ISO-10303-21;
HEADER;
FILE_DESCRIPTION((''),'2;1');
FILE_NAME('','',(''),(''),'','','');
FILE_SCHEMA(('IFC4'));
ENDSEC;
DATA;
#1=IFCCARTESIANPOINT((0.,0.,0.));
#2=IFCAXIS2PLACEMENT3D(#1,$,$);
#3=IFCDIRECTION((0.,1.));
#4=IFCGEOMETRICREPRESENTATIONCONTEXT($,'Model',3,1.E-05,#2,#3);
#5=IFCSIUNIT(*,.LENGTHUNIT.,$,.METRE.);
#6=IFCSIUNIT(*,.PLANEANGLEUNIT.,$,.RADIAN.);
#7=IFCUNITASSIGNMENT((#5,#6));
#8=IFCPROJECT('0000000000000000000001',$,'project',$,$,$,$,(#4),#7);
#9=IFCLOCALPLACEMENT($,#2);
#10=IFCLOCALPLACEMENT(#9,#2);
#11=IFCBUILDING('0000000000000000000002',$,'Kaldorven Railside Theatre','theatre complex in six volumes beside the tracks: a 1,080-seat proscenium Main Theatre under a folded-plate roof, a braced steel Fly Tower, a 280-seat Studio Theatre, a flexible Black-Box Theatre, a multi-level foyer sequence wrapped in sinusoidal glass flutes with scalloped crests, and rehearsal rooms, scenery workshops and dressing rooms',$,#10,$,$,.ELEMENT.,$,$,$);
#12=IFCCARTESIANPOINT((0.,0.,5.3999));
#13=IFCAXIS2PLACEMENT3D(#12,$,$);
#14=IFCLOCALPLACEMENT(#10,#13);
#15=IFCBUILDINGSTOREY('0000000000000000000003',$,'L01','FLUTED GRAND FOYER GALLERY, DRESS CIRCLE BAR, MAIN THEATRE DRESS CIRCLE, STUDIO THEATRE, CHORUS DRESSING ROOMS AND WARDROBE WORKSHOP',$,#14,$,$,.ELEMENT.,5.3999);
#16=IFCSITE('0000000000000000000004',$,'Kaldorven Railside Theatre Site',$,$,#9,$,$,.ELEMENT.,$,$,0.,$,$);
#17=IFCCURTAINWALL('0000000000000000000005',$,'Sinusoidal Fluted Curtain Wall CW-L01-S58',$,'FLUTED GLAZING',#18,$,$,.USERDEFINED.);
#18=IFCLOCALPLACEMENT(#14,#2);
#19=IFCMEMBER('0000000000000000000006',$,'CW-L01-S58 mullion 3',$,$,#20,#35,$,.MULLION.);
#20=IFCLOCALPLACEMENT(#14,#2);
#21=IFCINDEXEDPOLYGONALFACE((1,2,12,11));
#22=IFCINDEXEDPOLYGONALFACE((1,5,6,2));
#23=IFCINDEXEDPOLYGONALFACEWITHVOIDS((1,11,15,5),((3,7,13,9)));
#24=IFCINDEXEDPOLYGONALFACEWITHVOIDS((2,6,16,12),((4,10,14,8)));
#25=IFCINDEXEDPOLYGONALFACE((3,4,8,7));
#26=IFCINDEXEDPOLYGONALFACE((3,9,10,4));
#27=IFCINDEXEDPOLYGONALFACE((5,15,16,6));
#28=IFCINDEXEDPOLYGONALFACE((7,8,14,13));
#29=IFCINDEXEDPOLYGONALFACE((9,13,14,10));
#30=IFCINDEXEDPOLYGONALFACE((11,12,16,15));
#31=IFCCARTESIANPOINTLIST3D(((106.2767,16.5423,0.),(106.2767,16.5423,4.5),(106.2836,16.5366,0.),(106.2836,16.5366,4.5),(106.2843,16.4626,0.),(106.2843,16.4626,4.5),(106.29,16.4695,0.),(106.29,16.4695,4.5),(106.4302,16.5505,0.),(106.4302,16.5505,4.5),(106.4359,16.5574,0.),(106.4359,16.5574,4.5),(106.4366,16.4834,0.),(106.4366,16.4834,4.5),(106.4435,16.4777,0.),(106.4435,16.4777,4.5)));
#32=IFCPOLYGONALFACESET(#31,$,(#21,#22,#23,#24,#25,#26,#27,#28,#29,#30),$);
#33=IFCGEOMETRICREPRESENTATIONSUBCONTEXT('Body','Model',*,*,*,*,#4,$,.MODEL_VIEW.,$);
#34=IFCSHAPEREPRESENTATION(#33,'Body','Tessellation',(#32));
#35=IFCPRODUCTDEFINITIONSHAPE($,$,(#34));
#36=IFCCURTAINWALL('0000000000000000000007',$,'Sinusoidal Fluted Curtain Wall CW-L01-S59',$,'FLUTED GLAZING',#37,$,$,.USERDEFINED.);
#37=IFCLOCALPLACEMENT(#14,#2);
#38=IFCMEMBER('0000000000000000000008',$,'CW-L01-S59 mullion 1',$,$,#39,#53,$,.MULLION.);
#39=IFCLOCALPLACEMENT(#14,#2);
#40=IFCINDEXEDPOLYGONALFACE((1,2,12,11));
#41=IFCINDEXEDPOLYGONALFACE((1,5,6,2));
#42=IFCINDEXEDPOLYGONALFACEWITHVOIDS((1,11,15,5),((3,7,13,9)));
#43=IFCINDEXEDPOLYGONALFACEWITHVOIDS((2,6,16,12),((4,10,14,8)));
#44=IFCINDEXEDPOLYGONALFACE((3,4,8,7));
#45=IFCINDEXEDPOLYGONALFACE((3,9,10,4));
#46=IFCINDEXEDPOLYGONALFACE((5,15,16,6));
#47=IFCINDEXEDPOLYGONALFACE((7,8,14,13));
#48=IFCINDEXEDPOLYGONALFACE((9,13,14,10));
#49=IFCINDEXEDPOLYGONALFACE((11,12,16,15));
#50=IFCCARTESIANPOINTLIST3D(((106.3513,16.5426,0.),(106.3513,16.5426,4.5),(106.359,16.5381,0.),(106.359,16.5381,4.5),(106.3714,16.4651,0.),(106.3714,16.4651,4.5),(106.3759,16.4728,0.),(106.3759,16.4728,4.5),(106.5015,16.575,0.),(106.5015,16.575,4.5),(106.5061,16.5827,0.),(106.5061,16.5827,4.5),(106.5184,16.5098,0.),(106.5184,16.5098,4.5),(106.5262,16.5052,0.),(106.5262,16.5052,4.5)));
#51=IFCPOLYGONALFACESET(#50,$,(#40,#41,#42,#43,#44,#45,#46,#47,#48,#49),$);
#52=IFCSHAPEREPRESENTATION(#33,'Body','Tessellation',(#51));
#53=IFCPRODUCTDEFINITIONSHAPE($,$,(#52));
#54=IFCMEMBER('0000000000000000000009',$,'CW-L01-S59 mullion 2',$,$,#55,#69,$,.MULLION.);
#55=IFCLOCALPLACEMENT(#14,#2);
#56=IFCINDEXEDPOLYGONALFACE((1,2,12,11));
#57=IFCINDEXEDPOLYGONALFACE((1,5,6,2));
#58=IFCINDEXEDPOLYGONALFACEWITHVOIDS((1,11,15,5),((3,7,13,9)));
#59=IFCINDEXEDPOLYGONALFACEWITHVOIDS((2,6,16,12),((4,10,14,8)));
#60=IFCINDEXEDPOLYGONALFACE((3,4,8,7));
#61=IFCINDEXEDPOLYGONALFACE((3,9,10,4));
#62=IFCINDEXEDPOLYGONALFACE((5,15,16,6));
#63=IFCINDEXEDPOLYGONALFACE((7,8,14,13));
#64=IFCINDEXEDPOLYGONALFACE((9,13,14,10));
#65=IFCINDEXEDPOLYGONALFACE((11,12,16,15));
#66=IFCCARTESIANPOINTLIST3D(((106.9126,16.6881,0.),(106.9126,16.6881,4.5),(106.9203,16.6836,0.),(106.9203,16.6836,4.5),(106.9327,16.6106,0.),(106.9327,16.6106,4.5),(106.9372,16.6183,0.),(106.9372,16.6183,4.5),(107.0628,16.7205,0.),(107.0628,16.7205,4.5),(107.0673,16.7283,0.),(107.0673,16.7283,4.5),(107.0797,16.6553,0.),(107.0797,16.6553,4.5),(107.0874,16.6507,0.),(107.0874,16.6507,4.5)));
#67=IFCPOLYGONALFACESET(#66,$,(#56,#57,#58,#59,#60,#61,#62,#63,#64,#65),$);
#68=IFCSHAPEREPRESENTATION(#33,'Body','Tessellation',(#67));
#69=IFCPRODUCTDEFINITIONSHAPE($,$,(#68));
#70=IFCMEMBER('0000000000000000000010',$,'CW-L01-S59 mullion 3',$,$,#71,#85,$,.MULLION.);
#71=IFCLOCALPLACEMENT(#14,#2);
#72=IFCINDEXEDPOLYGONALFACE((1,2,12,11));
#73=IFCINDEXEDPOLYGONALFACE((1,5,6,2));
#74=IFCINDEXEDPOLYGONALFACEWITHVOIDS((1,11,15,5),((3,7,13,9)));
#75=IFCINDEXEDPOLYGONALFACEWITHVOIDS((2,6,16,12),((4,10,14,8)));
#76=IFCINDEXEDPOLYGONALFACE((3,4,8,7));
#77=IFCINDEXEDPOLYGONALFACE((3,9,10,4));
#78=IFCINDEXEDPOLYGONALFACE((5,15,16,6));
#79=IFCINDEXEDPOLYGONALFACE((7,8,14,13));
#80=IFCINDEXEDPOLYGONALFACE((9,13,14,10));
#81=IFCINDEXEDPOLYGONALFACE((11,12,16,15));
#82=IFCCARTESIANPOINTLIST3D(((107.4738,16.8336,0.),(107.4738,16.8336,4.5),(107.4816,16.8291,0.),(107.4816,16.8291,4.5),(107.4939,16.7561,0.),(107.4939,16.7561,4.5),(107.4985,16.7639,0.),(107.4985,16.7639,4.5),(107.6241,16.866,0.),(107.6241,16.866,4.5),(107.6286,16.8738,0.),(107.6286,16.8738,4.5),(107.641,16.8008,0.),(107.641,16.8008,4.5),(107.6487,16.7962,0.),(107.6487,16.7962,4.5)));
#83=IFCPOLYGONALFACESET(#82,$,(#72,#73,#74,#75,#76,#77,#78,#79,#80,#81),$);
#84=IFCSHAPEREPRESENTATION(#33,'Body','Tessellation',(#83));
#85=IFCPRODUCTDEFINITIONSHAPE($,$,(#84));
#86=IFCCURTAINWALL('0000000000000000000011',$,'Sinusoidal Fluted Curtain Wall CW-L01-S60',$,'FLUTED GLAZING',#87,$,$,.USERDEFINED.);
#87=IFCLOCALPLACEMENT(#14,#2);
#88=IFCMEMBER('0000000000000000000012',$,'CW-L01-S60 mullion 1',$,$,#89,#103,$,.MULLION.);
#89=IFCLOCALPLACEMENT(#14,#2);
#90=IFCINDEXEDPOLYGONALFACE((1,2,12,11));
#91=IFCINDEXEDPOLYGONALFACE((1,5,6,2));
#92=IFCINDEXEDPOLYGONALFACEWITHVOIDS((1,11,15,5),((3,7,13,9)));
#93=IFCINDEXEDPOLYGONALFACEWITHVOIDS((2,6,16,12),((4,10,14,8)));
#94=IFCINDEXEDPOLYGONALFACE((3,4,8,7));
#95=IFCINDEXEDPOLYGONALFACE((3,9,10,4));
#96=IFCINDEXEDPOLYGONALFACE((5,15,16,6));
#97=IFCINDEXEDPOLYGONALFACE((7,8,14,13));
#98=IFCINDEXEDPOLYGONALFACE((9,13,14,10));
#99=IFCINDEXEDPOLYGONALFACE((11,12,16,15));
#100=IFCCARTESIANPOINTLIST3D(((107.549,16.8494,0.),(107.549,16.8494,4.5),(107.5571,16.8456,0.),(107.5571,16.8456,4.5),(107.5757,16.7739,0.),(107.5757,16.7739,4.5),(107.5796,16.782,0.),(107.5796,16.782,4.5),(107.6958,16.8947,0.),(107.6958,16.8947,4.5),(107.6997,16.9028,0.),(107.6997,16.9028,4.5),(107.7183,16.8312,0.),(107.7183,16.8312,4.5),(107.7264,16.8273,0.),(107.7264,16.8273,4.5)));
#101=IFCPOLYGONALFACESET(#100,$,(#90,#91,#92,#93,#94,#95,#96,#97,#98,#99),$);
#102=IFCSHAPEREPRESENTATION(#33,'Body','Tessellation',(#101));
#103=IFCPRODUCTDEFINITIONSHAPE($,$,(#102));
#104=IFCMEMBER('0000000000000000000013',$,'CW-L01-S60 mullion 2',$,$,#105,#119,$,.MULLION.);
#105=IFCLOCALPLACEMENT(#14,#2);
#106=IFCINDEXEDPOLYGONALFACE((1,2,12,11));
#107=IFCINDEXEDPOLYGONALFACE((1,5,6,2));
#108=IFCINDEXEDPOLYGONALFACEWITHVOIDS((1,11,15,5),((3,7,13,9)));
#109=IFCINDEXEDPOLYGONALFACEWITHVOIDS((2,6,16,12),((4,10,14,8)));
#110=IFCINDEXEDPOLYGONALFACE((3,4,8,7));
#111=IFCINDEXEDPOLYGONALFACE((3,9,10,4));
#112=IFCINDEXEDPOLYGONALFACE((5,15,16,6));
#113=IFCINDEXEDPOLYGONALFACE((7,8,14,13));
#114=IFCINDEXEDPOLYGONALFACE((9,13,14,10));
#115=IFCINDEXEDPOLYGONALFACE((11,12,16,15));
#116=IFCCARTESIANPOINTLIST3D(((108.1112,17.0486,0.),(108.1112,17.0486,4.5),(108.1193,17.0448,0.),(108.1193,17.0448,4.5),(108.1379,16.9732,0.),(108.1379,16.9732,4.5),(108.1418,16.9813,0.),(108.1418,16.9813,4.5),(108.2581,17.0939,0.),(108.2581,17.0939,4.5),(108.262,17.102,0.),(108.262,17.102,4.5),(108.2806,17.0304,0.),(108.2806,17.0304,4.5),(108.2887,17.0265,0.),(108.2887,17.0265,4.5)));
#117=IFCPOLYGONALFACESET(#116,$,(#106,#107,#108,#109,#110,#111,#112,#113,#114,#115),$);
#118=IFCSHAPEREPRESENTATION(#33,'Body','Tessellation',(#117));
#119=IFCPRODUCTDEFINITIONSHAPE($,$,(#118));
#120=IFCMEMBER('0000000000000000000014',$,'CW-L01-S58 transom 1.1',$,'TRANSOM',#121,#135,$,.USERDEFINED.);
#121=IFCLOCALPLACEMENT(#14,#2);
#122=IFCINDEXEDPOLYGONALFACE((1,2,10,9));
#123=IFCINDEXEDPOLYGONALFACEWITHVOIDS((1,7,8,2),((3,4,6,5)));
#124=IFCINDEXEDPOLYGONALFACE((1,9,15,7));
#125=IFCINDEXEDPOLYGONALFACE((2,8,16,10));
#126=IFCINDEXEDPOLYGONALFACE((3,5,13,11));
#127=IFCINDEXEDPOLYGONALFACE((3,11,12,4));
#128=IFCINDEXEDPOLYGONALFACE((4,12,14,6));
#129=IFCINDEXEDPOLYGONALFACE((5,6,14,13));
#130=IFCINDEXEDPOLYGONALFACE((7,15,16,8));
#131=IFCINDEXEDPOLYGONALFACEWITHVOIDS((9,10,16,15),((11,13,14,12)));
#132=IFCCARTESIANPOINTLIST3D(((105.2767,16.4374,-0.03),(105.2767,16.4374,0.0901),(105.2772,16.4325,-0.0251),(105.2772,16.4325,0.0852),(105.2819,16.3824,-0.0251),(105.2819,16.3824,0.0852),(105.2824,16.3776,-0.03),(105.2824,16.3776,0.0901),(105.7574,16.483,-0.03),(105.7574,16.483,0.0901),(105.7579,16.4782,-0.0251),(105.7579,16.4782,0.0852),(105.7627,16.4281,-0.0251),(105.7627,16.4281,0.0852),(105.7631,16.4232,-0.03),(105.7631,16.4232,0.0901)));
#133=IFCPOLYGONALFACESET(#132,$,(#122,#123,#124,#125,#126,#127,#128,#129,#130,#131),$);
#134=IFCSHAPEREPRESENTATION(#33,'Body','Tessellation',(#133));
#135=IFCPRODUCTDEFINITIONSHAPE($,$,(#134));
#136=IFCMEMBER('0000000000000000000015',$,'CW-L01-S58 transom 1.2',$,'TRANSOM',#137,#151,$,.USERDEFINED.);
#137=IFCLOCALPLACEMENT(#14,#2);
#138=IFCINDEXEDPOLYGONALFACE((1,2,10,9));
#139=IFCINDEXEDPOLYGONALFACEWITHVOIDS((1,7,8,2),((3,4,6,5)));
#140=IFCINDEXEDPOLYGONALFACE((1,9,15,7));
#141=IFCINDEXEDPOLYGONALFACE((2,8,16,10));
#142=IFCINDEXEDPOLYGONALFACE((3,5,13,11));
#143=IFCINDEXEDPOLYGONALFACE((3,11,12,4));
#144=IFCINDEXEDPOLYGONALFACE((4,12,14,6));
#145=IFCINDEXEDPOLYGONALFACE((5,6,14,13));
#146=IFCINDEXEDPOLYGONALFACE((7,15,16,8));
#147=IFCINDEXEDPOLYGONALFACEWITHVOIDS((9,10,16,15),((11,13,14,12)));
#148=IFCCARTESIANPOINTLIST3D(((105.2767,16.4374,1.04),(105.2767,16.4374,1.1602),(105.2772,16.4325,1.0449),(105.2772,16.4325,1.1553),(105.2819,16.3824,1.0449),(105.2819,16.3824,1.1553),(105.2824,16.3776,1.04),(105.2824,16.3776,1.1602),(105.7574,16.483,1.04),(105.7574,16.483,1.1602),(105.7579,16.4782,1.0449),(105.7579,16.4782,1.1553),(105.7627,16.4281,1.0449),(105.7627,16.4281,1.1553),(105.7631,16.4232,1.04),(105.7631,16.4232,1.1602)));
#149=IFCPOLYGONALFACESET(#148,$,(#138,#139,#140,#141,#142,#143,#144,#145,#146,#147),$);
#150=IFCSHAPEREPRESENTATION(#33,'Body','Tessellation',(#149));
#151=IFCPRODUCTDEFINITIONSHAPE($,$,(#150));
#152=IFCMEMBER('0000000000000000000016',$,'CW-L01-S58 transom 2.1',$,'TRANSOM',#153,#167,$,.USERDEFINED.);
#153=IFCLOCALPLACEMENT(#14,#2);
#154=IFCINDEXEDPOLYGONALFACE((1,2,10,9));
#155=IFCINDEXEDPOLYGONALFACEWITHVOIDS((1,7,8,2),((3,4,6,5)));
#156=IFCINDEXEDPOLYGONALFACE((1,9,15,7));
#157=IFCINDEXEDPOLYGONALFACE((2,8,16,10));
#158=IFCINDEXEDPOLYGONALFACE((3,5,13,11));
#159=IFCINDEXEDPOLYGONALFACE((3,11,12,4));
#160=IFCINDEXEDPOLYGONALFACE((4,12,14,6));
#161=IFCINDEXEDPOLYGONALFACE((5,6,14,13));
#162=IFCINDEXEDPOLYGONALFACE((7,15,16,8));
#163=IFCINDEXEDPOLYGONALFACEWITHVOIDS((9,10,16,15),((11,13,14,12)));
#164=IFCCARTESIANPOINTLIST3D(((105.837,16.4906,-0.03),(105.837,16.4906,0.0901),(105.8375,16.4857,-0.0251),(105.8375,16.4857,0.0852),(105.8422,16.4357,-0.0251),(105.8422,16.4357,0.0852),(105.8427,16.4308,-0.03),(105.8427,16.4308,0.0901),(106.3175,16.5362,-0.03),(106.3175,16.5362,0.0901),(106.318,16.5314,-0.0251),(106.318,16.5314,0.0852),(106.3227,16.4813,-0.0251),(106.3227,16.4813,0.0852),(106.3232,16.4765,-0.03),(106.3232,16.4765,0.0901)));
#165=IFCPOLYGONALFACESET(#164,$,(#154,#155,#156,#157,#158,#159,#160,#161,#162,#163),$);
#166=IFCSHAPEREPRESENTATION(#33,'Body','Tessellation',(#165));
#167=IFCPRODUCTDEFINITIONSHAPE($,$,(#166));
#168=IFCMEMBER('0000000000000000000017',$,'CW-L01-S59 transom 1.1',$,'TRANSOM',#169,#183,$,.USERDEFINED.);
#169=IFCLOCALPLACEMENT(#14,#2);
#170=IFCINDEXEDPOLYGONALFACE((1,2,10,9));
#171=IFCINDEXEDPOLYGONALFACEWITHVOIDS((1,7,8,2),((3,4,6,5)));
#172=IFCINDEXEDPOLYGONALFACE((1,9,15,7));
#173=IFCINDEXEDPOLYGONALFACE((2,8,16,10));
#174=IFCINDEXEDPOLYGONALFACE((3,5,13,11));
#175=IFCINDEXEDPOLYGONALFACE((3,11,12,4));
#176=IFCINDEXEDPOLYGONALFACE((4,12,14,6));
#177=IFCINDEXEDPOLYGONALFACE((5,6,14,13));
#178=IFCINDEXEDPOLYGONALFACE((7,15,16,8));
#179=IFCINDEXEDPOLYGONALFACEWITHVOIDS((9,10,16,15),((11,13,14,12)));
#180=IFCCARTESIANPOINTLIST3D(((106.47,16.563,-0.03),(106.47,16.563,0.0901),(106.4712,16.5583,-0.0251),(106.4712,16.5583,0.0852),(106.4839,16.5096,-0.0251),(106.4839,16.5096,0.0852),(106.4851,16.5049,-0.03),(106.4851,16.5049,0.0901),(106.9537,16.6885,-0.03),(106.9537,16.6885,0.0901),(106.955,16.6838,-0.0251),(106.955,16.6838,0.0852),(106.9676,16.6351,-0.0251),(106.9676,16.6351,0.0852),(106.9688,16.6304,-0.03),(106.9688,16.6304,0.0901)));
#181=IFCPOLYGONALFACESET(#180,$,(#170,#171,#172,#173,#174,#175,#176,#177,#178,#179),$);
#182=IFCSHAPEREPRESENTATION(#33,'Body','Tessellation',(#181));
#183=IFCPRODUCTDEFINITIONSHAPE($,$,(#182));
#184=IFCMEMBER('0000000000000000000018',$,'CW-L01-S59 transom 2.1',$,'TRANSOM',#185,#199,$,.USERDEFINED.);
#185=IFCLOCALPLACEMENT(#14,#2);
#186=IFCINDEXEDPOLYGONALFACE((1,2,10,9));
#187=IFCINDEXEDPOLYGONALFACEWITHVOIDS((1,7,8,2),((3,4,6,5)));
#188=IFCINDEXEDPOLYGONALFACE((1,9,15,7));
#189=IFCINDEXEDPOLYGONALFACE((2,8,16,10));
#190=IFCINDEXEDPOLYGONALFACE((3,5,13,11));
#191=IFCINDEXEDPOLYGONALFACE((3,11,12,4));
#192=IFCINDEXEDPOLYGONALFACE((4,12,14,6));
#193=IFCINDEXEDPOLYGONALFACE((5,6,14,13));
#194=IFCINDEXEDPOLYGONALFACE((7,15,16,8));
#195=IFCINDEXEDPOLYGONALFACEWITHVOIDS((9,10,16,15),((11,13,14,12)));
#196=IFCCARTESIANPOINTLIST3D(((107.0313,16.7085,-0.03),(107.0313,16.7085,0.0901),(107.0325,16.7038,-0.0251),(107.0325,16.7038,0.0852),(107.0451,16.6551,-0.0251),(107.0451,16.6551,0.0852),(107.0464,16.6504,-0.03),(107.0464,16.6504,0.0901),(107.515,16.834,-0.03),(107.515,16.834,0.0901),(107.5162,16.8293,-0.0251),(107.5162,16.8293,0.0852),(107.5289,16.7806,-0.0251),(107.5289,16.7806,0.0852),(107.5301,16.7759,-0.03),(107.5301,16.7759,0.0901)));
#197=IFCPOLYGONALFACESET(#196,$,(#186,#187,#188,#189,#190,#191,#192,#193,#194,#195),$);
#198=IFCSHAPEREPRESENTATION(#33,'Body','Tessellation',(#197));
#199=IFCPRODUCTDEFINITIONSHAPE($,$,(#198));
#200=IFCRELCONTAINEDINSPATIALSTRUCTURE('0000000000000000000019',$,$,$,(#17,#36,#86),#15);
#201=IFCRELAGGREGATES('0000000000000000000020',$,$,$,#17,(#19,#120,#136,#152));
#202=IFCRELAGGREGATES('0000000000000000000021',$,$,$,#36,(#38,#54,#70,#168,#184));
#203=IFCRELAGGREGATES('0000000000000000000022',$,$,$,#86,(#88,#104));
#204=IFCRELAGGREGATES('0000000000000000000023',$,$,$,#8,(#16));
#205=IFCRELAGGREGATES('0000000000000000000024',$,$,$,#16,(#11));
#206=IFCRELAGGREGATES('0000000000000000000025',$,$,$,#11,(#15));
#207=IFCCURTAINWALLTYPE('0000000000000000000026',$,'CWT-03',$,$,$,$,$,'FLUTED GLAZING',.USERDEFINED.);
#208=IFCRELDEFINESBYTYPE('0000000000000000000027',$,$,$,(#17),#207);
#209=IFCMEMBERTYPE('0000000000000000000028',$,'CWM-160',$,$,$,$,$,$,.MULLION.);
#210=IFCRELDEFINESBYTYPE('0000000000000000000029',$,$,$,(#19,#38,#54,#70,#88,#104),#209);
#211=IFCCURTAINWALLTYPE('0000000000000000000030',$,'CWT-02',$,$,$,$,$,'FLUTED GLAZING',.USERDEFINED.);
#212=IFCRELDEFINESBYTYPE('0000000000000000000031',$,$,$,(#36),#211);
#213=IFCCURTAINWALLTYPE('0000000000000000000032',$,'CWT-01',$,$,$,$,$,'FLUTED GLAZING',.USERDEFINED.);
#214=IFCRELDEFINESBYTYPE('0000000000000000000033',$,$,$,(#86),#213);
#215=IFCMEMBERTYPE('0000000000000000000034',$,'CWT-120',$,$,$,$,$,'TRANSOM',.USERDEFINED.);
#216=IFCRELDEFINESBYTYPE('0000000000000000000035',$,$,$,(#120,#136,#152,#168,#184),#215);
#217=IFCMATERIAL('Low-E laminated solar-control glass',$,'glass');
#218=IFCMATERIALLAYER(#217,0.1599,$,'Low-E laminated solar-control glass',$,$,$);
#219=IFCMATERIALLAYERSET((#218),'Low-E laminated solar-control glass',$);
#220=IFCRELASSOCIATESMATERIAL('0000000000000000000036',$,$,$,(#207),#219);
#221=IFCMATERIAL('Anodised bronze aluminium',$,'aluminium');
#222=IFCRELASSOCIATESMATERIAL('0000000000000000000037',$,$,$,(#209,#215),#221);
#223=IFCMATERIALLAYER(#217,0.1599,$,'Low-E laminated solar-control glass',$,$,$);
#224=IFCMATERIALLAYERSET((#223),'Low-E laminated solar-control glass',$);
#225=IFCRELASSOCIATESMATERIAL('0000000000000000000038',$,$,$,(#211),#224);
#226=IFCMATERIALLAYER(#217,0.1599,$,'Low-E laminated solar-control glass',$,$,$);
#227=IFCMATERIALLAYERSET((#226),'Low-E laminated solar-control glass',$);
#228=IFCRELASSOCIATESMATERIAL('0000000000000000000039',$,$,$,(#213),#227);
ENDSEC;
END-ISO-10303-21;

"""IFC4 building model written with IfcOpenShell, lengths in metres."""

from ifc_helpers import new_model, si_unit, direction, frame, origin, origin_2d, place, context, subcontext, project, spatial, hollow_rectangle, extrude, material, layer, layer_set, material_profile, profile_set, type_object, element, aggregate, save


model = new_model("IFC4")

# Units and contexts
model_context = context("Model", 3, precision=1e-05, world=origin(), true_north=direction((0.0, 1.0)))
body_context = subcontext(model_context, "Body", "Model", "MODEL_VIEW")
ifc_project = project(units=[si_unit("LENGTHUNIT", "METRE"), si_unit("PLANEANGLEUNIT", "RADIAN")], contexts=[model_context])

# Site, building, storey
site_placement = place(None, origin())
site = spatial("IfcSite", under=ifc_project, at=site_placement, Name="Kaldorven Railside Theatre Site", CompositionType="ELEMENT", RefElevation=0.0)
building_placement = place(site_placement, origin())
building = spatial("IfcBuilding", under=site, at=building_placement, Name="Kaldorven Railside Theatre", Description="theatre complex in six volumes beside the tracks: a 1,080-seat proscenium Main Theatre under a folded-plate roof, a braced steel Fly Tower, a 280-seat Studio Theatre, a flexible Black-Box Theatre, a multi-level foyer sequence wrapped in sinusoidal glass flutes with scalloped crests, and rehearsal rooms, scenery workshops and dressing rooms", CompositionType="ELEMENT")
storey_placement = place(building_placement, frame((0.0, 0.0, 5.3999)))
storey = spatial("IfcBuildingStorey", under=building, at=storey_placement, Name="L01", Description="FLUTED GRAND FOYER GALLERY, DRESS CIRCLE BAR, MAIN THEATRE DRESS CIRCLE, STUDIO THEATRE, CHORUS DRESSING ROOMS AND WARDROBE WORKSHOP", CompositionType="ELEMENT", Elevation=5.3999)

# Curtain walls, members
ifc_material_1 = material(Name="Low-E laminated solar-control glass", Category="glass")
ifc_layer_1 = layer(ifc_material_1, 0.1599, Name="Low-E laminated solar-control glass")
ifc_layer_set_1 = layer_set([ifc_layer_1], Name="Low-E laminated solar-control glass")
curtain_wall_type_1 = type_object("IfcCurtainWallType", Name="CWT-03", ElementType="FLUTED GLAZING", PredefinedType="USERDEFINED", material=ifc_layer_set_1)
curtain_wall_1_placement = place(storey_placement, origin())
curtain_wall_1 = element("IfcCurtainWall", 1, at=curtain_wall_1_placement, inside=storey, type_object=curtain_wall_type_1, Name="Sinusoidal Fluted Curtain Wall CW-L01-S58", ObjectType="FLUTED GLAZING", PredefinedType="USERDEFINED")
ifc_material_2 = material(Name="Anodised bronze aluminium", Category="aluminium")
ifc_material_profile_1 = material_profile(ifc_material_2, hollow_rectangle(XDim=0.0801, YDim=0.1599, WallThickness=0.0063, at=origin_2d()), Name="RHS 160x80x6.3")
ifc_profile_set_1 = profile_set([ifc_material_profile_1], Name="Anodised bronze aluminium")
member_type_1 = type_object("IfcMemberType", Name="CWM-160", PredefinedType="MULLION", material=ifc_profile_set_1)
member_1_placement = place(storey_placement, frame((106.3601, 16.51, 0.0), z_axis=(0.0, 0.0, 1.0), x_axis=(-0.094492, 0.995526, 0.0)))
member_1 = element("IfcMember", 2, at=member_1_placement, type_object=member_type_1, Name="CW-L01-S58 mullion 3", PredefinedType="MULLION", context=body_context, shape_type="SweptSolid", body=[
    extrude(hollow_rectangle(XDim=0.0801, YDim=0.1599, WallThickness=0.0063, at=origin_2d()), origin(), (0.0, 0.0, 1.0), 4.5),
])
ifc_layer_2 = layer(ifc_material_1, 0.1599, Name="Low-E laminated solar-control glass")
ifc_layer_set_2 = layer_set([ifc_layer_2], Name="Low-E laminated solar-control glass")
curtain_wall_type_2 = type_object("IfcCurtainWallType", Name="CWT-02", ElementType="FLUTED GLAZING", PredefinedType="USERDEFINED", material=ifc_layer_set_2)
curtain_wall_2_placement = place(storey_placement, origin())
curtain_wall_2 = element("IfcCurtainWall", 3, at=curtain_wall_2_placement, inside=storey, type_object=curtain_wall_type_2, Name="Sinusoidal Fluted Curtain Wall CW-L01-S59", ObjectType="FLUTED GLAZING", PredefinedType="USERDEFINED")
member_2_placement = place(storey_placement, frame((106.4387, 16.5239, 0.0), z_axis=(0.0, 0.0, 1.0), x_axis=(-0.250954, 0.967999, 0.0)))
member_2 = element("IfcMember", 4, at=member_2_placement, type_object=member_type_1, Name="CW-L01-S59 mullion 1", PredefinedType="MULLION", context=body_context, shape_type="SweptSolid", body=[
    extrude(hollow_rectangle(XDim=0.0801, YDim=0.1599, WallThickness=0.0063, at=origin_2d()), origin(), (0.0, 0.0, 1.0), 4.5),
])
member_3_placement = place(storey_placement, frame((107.0, 16.6694, 0.0), z_axis=(0.0, 0.0, 1.0), x_axis=(-0.250954, 0.967999, 0.0)))
member_3 = element("IfcMember", 5, at=member_3_placement, type_object=member_type_1, Name="CW-L01-S59 mullion 2", PredefinedType="MULLION", context=body_context, shape_type="SweptSolid", body=[
    extrude(hollow_rectangle(XDim=0.0801, YDim=0.1599, WallThickness=0.0063, at=origin_2d()), origin(), (0.0, 0.0, 1.0), 4.5),
])
member_4_placement = place(storey_placement, frame((107.5613, 16.8149, 0.0), z_axis=(0.0, 0.0, 1.0), x_axis=(-0.250954, 0.967999, 0.0)))
member_4 = element("IfcMember", 6, at=member_4_placement, type_object=member_type_1, Name="CW-L01-S59 mullion 3", PredefinedType="MULLION", context=body_context, shape_type="SweptSolid", body=[
    extrude(hollow_rectangle(XDim=0.0801, YDim=0.1599, WallThickness=0.0063, at=origin_2d()), origin(), (0.0, 0.0, 1.0), 4.5),
])
ifc_layer_3 = layer(ifc_material_1, 0.1599, Name="Low-E laminated solar-control glass")
ifc_layer_set_3 = layer_set([ifc_layer_3], Name="Low-E laminated solar-control glass")
curtain_wall_type_3 = type_object("IfcCurtainWallType", Name="CWT-01", ElementType="FLUTED GLAZING", PredefinedType="USERDEFINED", material=ifc_layer_set_3)
curtain_wall_3_placement = place(storey_placement, origin())
curtain_wall_3 = element("IfcCurtainWall", 7, at=curtain_wall_3_placement, inside=storey, type_object=curtain_wall_type_3, Name="Sinusoidal Fluted Curtain Wall CW-L01-S60", ObjectType="FLUTED GLAZING", PredefinedType="USERDEFINED")
member_5_placement = place(storey_placement, frame((107.6377, 16.8384, 0.0), z_axis=(0.0, 0.0, 1.0), x_axis=(-0.333847, 0.942627, 0.0)))
member_5 = element("IfcMember", 8, at=member_5_placement, type_object=member_type_1, Name="CW-L01-S60 mullion 1", PredefinedType="MULLION", context=body_context, shape_type="SweptSolid", body=[
    extrude(hollow_rectangle(XDim=0.0801, YDim=0.1599, WallThickness=0.0063, at=origin_2d()), origin(), (0.0, 0.0, 1.0), 4.5),
])
member_6_placement = place(storey_placement, frame((108.2, 17.0376, 0.0), z_axis=(0.0, 0.0, 1.0), x_axis=(-0.333847, 0.942627, 0.0)))
member_6 = element("IfcMember", 9, at=member_6_placement, type_object=member_type_1, Name="CW-L01-S60 mullion 2", PredefinedType="MULLION", context=body_context, shape_type="SweptSolid", body=[
    extrude(hollow_rectangle(XDim=0.0801, YDim=0.1599, WallThickness=0.0063, at=origin_2d()), origin(), (0.0, 0.0, 1.0), 4.5),
])

# Members
ifc_material_profile_2 = material_profile(ifc_material_2, hollow_rectangle(XDim=0.0601, YDim=0.1201, WallThickness=0.0049, at=origin_2d()), Name="RHS 120x60x5")
ifc_profile_set_2 = profile_set([ifc_material_profile_2], Name="Anodised bronze aluminium")
member_type_2 = type_object("IfcMemberType", Name="CWT-120", ElementType="TRANSOM", PredefinedType="USERDEFINED", material=ifc_profile_set_2)
member_7_placement = place(storey_placement, frame((105.2795, 16.4075, 0.03), z_axis=(0.99552, 0.094547, 0.0), x_axis=(-0.094547, 0.99552, 0.0)))
member_7 = element("IfcMember", 10, at=member_7_placement, type_object=member_type_2, Name="CW-L01-S58 transom 1.1", ObjectType="TRANSOM", PredefinedType="USERDEFINED", context=body_context, shape_type="SweptSolid", body=[
    extrude(hollow_rectangle(XDim=0.0601, YDim=0.1201, WallThickness=0.0049, at=origin_2d()), origin(), (0.0, 0.0, 1.0), 0.4829),
])
member_8_placement = place(storey_placement, frame((105.2795, 16.4075, 1.1001), z_axis=(0.99552, 0.094547, 0.0), x_axis=(-0.094547, 0.99552, 0.0)))
member_8 = element("IfcMember", 11, at=member_8_placement, type_object=member_type_2, Name="CW-L01-S58 transom 1.2", ObjectType="TRANSOM", PredefinedType="USERDEFINED", context=body_context, shape_type="SweptSolid", body=[
    extrude(hollow_rectangle(XDim=0.0601, YDim=0.1201, WallThickness=0.0049, at=origin_2d()), origin(), (0.0, 0.0, 1.0), 0.4829),
])
member_9_placement = place(storey_placement, frame((105.8398, 16.4607, 0.03), z_axis=(0.995516, 0.094594, 0.0), x_axis=(-0.094594, 0.995516, 0.0)))
member_9 = element("IfcMember", 12, at=member_9_placement, type_object=member_type_2, Name="CW-L01-S58 transom 2.1", ObjectType="TRANSOM", PredefinedType="USERDEFINED", context=body_context, shape_type="SweptSolid", body=[
    extrude(hollow_rectangle(XDim=0.0601, YDim=0.1201, WallThickness=0.0049, at=origin_2d()), origin(), (0.0, 0.0, 1.0), 0.4827),
])
member_10_placement = place(storey_placement, frame((106.4775, 16.5339, 0.03), z_axis=(0.967949, 0.251149, 0.0), x_axis=(-0.251149, 0.967949, 0.0)))
member_10 = element("IfcMember", 13, at=member_10_placement, type_object=member_type_2, Name="CW-L01-S59 transom 1.1", ObjectType="TRANSOM", PredefinedType="USERDEFINED", context=body_context, shape_type="SweptSolid", body=[
    extrude(hollow_rectangle(XDim=0.0601, YDim=0.1201, WallThickness=0.0049, at=origin_2d()), origin(), (0.0, 0.0, 1.0), 0.4998),
])
member_11_placement = place(storey_placement, frame((107.0388, 16.6794, 0.03), z_axis=(0.967949, 0.251149, 0.0), x_axis=(-0.251149, 0.967949, 0.0)))
member_11 = element("IfcMember", 14, at=member_11_placement, type_object=member_type_2, Name="CW-L01-S59 transom 2.1", ObjectType="TRANSOM", PredefinedType="USERDEFINED", context=body_context, shape_type="SweptSolid", body=[
    extrude(hollow_rectangle(XDim=0.0601, YDim=0.1201, WallThickness=0.0049, at=origin_2d()), origin(), (0.0, 0.0, 1.0), 0.4998),
])

aggregate(curtain_wall_1, [member_1, member_7, member_8, member_9])
aggregate(curtain_wall_2, [member_2, member_3, member_4, member_10, member_11])
aggregate(curtain_wall_3, [member_5, member_6])

save(model, "model.ifc")
